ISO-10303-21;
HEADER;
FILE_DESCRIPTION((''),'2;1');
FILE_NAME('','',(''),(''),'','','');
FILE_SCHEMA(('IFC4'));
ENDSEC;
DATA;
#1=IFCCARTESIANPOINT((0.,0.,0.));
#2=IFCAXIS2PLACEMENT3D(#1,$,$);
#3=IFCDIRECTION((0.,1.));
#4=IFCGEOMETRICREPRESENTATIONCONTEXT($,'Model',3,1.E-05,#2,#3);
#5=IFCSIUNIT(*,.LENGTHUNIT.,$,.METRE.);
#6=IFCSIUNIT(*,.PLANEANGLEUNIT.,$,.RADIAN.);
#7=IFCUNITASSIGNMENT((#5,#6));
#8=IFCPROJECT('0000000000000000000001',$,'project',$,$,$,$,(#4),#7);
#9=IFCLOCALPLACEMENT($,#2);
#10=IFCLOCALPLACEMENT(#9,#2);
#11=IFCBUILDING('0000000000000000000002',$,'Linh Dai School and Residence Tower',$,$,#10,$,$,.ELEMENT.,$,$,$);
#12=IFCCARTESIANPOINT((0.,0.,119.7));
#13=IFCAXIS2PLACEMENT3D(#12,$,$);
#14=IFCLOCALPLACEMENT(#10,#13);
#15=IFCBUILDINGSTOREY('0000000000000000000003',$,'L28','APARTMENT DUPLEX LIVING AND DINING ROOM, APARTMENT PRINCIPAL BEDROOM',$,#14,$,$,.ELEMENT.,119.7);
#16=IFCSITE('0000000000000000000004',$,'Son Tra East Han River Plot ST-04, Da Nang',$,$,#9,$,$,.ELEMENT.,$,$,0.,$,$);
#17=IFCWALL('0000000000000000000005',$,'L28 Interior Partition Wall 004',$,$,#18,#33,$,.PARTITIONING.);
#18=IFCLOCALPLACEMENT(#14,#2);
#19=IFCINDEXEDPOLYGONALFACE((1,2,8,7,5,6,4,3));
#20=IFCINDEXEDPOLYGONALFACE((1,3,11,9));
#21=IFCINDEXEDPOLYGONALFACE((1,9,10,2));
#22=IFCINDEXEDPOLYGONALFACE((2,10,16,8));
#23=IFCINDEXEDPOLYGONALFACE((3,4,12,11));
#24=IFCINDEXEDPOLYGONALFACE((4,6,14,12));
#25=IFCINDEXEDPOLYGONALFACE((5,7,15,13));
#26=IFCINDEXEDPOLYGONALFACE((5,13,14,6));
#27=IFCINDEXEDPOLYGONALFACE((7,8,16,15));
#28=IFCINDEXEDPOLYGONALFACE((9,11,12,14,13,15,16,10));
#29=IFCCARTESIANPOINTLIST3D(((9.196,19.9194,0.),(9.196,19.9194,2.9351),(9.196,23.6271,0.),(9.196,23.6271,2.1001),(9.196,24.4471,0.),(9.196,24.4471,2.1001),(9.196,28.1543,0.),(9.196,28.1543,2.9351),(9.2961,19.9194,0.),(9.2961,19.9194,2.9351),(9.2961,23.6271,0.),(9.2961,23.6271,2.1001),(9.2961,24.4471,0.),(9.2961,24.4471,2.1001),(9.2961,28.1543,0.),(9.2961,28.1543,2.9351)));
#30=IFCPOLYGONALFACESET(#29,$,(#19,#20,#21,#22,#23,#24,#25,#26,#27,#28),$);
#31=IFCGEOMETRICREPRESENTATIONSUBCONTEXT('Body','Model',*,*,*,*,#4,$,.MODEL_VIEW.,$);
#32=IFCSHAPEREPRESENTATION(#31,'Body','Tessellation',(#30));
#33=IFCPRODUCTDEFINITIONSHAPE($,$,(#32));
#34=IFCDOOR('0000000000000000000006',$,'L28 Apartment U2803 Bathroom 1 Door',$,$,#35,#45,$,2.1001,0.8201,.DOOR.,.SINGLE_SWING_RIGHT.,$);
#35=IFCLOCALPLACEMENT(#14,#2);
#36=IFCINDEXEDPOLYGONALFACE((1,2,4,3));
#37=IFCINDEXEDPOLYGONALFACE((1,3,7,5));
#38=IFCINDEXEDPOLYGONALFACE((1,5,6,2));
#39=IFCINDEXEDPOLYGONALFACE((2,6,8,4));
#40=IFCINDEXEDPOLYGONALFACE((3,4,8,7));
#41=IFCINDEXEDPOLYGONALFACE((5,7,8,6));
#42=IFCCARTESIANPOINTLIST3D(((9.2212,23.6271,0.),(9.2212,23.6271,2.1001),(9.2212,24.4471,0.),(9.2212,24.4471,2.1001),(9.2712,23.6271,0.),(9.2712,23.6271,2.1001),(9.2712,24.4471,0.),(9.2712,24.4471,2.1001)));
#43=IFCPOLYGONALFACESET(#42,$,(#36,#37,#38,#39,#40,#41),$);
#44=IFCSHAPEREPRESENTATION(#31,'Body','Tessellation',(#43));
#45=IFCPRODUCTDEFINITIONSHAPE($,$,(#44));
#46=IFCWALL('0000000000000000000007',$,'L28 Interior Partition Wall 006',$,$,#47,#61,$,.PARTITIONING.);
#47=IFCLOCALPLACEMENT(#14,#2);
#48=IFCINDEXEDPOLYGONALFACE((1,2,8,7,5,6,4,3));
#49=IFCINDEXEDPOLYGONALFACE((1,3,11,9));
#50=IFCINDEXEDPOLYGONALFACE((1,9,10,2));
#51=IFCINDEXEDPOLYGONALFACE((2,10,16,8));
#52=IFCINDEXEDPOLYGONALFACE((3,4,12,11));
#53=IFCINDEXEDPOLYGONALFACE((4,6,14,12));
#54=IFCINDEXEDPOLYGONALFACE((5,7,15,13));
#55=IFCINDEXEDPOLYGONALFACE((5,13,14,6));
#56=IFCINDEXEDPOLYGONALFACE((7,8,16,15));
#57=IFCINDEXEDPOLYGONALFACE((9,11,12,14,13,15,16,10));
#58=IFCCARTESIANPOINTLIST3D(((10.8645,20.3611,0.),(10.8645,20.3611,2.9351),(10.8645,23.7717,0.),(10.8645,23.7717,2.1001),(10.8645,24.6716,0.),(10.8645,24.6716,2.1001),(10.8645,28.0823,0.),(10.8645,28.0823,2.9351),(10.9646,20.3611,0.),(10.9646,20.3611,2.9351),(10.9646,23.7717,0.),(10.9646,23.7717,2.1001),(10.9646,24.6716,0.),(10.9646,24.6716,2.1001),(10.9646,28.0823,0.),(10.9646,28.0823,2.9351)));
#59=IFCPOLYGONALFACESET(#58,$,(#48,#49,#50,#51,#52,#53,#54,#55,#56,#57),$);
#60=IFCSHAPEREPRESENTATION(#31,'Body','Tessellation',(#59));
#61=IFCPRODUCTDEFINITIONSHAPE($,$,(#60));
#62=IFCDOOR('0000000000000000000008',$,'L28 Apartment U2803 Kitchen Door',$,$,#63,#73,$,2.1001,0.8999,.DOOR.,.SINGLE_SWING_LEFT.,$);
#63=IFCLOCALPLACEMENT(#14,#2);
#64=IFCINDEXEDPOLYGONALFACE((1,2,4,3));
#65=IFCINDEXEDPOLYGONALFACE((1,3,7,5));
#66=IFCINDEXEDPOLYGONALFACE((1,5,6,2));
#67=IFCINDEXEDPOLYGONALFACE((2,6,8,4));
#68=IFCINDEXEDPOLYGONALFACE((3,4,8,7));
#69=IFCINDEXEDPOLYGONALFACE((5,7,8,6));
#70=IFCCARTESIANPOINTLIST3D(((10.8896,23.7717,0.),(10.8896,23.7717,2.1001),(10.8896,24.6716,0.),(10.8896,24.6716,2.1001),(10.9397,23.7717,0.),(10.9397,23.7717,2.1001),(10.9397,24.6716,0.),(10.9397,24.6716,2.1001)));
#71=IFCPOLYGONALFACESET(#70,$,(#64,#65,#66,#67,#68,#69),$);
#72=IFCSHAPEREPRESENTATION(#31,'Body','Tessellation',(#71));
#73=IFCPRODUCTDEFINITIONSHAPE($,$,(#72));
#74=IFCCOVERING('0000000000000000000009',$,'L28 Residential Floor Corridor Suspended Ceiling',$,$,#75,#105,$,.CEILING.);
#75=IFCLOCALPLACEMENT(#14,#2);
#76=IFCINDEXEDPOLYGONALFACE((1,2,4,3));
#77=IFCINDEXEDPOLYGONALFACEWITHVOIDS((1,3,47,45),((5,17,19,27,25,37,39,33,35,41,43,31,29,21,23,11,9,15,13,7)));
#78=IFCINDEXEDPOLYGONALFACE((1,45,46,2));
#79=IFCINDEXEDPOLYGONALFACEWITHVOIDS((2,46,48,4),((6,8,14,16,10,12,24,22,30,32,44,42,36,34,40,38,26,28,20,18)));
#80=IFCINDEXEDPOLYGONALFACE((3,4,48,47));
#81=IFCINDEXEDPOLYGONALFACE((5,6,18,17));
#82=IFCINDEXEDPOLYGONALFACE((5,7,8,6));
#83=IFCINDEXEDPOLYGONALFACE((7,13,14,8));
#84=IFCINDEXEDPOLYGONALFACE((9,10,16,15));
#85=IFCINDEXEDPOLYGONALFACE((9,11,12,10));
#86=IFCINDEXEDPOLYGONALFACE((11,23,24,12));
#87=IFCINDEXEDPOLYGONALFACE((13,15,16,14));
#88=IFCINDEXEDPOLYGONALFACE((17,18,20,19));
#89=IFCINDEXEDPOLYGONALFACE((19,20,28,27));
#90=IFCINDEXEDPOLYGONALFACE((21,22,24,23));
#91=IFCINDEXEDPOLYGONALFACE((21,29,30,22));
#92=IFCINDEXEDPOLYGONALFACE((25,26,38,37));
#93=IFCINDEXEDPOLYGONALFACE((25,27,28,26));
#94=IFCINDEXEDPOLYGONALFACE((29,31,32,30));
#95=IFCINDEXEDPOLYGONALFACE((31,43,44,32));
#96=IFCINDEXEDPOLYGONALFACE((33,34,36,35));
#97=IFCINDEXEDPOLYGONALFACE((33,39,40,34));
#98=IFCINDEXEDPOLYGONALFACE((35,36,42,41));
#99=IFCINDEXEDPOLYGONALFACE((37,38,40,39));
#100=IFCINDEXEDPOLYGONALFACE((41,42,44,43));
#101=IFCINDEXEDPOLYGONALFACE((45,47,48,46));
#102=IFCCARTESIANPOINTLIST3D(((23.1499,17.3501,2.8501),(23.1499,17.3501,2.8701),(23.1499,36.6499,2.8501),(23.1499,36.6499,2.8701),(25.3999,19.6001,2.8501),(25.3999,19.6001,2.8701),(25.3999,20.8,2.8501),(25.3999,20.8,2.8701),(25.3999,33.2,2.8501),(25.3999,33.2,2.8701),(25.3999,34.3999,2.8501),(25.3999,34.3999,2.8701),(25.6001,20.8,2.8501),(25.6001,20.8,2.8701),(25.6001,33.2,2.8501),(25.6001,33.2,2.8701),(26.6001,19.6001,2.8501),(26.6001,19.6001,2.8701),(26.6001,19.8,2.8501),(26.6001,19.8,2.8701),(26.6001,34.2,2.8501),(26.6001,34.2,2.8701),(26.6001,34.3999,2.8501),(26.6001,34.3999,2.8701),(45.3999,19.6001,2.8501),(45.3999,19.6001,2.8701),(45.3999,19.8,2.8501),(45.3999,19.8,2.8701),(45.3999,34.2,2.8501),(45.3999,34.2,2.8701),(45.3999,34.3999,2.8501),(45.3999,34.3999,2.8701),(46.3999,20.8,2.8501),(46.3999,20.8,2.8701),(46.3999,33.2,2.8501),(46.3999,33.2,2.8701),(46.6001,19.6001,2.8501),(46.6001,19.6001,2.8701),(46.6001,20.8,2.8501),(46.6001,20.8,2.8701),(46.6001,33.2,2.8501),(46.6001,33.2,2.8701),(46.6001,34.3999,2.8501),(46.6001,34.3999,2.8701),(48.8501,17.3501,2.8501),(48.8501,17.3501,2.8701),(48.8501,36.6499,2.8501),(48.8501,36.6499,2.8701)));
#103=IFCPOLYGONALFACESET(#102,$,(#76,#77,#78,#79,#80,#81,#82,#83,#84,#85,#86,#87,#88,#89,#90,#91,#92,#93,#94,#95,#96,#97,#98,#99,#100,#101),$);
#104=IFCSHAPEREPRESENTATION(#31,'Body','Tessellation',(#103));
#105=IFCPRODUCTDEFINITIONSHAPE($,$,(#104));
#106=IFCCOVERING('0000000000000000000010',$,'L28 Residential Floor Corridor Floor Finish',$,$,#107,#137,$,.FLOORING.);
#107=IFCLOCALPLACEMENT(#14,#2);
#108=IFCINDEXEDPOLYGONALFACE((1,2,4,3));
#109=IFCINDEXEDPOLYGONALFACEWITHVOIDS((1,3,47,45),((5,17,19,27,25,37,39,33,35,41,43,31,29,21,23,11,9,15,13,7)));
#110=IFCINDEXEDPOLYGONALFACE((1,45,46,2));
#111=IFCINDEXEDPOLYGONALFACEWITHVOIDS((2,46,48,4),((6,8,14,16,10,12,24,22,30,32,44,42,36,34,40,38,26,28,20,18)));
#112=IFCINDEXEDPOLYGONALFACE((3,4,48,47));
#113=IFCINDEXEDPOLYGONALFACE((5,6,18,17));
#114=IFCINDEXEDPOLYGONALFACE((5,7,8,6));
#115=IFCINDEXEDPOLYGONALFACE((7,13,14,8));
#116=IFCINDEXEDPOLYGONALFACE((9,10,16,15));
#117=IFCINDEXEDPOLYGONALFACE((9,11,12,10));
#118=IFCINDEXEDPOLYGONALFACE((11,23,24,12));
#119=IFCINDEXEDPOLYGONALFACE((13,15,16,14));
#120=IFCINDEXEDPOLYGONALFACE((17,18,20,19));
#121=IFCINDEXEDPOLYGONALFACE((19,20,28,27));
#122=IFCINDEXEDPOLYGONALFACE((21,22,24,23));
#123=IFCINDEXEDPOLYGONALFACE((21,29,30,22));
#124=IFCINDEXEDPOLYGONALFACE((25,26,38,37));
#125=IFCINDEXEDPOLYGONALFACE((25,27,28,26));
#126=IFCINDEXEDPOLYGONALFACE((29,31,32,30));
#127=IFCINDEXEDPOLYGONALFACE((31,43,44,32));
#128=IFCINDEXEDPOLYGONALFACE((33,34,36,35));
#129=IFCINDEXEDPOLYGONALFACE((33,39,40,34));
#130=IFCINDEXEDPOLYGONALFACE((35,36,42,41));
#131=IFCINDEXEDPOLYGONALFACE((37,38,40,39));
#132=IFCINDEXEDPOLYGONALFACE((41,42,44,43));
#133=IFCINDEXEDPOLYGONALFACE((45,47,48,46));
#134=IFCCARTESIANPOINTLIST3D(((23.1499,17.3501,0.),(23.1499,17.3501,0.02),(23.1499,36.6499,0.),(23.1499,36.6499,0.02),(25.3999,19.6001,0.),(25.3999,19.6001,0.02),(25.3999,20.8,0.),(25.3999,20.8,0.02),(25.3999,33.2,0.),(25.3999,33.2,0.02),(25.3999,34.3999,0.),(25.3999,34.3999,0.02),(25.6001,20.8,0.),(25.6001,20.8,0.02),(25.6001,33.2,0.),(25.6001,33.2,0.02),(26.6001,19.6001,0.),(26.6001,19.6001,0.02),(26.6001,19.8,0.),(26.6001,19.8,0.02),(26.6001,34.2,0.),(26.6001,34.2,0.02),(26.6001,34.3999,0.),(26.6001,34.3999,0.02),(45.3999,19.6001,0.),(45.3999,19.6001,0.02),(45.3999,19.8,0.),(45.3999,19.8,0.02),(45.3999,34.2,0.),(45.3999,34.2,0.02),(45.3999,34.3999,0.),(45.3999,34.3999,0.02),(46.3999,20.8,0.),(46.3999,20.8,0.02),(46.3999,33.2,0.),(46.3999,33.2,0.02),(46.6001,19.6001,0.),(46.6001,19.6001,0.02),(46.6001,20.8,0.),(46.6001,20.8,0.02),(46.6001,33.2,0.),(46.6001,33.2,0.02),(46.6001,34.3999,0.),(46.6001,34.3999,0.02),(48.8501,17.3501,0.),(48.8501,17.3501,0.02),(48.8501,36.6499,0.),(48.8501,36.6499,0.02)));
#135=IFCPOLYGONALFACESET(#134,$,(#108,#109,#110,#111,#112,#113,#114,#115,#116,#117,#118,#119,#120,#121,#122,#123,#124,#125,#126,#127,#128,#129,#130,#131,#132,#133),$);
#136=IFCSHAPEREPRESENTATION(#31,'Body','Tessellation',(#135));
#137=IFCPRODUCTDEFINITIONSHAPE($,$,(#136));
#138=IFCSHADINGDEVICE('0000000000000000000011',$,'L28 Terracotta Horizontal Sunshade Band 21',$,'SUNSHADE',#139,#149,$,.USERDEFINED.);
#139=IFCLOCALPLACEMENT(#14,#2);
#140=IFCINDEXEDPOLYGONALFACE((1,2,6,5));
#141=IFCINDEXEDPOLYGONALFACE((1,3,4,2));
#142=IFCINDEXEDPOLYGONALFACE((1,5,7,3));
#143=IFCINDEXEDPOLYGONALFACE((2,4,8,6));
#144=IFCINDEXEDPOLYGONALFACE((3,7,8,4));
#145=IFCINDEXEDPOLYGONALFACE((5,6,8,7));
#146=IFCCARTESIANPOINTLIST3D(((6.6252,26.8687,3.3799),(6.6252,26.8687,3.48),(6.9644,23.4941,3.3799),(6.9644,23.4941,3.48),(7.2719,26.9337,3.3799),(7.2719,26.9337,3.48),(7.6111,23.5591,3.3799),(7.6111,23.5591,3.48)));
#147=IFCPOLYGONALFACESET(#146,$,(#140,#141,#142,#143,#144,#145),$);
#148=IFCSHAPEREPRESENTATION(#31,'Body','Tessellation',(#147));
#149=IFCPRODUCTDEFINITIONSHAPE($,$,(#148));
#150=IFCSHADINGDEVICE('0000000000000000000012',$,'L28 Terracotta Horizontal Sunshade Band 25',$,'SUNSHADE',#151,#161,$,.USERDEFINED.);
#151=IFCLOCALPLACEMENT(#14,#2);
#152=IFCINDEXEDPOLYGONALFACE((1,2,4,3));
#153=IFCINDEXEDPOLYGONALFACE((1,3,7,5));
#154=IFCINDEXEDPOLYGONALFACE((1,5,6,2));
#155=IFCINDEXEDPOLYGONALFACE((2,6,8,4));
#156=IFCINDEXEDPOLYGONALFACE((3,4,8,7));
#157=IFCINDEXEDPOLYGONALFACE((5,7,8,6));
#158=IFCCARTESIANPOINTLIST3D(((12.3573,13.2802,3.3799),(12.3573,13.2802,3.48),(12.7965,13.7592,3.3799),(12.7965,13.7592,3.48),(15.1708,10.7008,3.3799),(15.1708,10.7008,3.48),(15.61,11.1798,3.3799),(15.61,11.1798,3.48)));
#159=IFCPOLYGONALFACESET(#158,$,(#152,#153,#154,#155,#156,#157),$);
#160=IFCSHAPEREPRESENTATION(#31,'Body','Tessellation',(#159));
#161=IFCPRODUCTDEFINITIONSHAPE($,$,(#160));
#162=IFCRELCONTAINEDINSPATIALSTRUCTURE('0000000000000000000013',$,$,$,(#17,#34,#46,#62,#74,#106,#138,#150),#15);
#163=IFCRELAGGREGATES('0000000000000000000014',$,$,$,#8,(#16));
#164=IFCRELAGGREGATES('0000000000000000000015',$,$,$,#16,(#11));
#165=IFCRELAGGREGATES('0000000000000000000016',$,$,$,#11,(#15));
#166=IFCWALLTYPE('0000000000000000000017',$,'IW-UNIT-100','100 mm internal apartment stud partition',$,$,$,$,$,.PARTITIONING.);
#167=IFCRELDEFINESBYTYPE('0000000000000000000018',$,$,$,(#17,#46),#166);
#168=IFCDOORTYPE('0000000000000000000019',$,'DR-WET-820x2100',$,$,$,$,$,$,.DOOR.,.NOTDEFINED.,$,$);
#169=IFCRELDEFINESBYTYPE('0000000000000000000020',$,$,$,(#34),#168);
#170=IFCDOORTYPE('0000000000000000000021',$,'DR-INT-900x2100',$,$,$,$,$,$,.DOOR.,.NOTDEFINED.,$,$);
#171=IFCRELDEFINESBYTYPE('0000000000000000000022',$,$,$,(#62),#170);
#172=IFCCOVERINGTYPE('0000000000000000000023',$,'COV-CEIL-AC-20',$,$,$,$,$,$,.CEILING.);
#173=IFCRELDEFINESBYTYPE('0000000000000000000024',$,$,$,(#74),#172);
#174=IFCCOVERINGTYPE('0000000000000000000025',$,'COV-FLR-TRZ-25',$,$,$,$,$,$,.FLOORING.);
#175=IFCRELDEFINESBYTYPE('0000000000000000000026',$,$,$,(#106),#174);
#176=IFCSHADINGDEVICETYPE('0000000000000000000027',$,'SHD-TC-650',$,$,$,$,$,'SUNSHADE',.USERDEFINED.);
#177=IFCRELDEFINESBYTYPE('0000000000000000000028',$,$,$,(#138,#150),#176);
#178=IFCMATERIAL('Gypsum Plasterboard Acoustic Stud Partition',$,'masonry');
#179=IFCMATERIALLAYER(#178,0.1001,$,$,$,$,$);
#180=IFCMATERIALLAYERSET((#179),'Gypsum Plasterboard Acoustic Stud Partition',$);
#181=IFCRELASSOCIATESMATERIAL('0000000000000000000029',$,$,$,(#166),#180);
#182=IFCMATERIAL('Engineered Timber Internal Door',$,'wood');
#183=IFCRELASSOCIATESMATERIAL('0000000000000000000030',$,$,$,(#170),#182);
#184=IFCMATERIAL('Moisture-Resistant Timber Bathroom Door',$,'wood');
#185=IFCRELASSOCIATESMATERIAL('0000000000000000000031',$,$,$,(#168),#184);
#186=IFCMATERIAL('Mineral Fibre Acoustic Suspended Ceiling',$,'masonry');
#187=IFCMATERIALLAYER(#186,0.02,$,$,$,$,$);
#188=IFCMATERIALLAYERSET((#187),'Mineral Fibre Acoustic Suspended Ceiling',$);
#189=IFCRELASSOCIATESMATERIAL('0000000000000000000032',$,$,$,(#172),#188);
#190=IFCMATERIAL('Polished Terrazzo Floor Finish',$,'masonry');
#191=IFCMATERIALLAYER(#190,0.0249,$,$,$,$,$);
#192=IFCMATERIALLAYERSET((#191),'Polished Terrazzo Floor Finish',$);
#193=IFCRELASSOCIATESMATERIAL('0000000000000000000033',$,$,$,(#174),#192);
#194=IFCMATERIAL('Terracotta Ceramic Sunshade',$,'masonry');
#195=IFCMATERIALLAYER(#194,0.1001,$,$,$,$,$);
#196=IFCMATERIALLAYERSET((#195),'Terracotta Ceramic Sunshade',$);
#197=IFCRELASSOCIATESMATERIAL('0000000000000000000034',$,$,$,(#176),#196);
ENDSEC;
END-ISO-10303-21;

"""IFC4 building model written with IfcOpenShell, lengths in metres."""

from ifc_helpers import new_model, si_unit, direction, frame, frame_2d, origin, origin_2d, place, context, subcontext, project, spatial, polyline, rectangle, outline, extrude, source, transform, mapped, material, layer, layer_set, type_object, element, fill, save


model = new_model("IFC4")

# Units and contexts
model_context = context("Model", 3, precision=1e-05, world=origin(), true_north=direction((0.0, 1.0)))
body_context = subcontext(model_context, "Body", "Model", "MODEL_VIEW")
ifc_project = project(units=[si_unit("LENGTHUNIT", "METRE"), si_unit("PLANEANGLEUNIT", "RADIAN")], contexts=[model_context])

# Site, building, storey
site_placement = place(None, origin())
site = spatial("IfcSite", under=ifc_project, at=site_placement, Name="Son Tra East Han River Plot ST-04, Da Nang", CompositionType="ELEMENT", RefElevation=0.0)
building_placement = place(site_placement, origin())
building = spatial("IfcBuilding", under=site, at=building_placement, Name="Linh Dai School and Residence Tower", CompositionType="ELEMENT")
storey_placement = place(building_placement, frame((0.0, 0.0, 119.7)))
storey = spatial("IfcBuildingStorey", under=building, at=storey_placement, Name="L28", Description="APARTMENT DUPLEX LIVING AND DINING ROOM, APARTMENT PRINCIPAL BEDROOM", CompositionType="ELEMENT", Elevation=119.7)

# Walls, openings, doors
ifc_material_1 = material(Name="Gypsum Plasterboard Acoustic Stud Partition", Category="masonry")
ifc_layer_1 = layer(ifc_material_1, 0.1001)
ifc_layer_set_1 = layer_set([ifc_layer_1], Name="Gypsum Plasterboard Acoustic Stud Partition")
wall_type_1 = type_object("IfcWallType", Name="IW-UNIT-100", Description="100 mm internal apartment stud partition", PredefinedType="PARTITIONING", material=ifc_layer_set_1)
ifc_material_2 = material(Name="Engineered Timber Internal Door", Category="wood")
door_type_1 = type_object("IfcDoorType", Name="DR-INT-900x2100", OperationType="NOTDEFINED", PredefinedType="DOOR", material=ifc_material_2)
shared_shape_1 = source(origin(), body_context, "Body", "SweptSolid", [
    extrude(rectangle(XDim=0.8999, YDim=2.1001, at=origin_2d()), frame((0.45, 0.0249, 1.05), z_axis=(0.0, -1.0, 0.0), x_axis=(1.0, 0.0, 0.0)), (0.0, 0.0, 1.0), 0.05),
])
wall_1_placement = place(storey_placement, frame((9.2461, 19.9194, 0.0), z_axis=(0.0, 0.0, 1.0), x_axis=(0.0, 1.0, 0.0)))
wall_1 = element("IfcWall", 1, at=wall_1_placement, inside=storey, type_object=wall_type_1, Name="L28 Interior Partition Wall 004", PredefinedType="PARTITIONING", context=body_context, shape_type="SweptSolid", body=[
    extrude(rectangle(XDim=8.2349, YDim=0.1001, at=frame_2d((4.1174, 0.0))), origin(), (0.0, 0.0, 1.0), 2.9351),
])
opening_1_placement = place(wall_1_placement, frame((3.7075, 0.0, 0.0)))
opening_1 = element("IfcOpeningElement", 2, at=opening_1_placement, cuts=wall_1, PredefinedType="OPENING", context=body_context, shape_type="SweptSolid", body=[
    extrude(rectangle(XDim=0.8201, YDim=2.1001, at=origin_2d()), frame((0.4102, 0.0601, 1.05), z_axis=(0.0, -1.0, 0.0), x_axis=(1.0, 0.0, 0.0)), (0.0, 0.0, 1.0), 0.1201),
])
ifc_material_3 = material(Name="Moisture-Resistant Timber Bathroom Door", Category="wood")
door_type_2 = type_object("IfcDoorType", Name="DR-WET-820x2100", OperationType="NOTDEFINED", PredefinedType="DOOR", material=ifc_material_3)
shared_shape_2 = source(origin(), body_context, "Body", "SweptSolid", [
    extrude(rectangle(XDim=0.8201, YDim=2.1001, at=origin_2d()), frame((0.4102, 0.0249, 1.05), z_axis=(0.0, -1.0, 0.0), x_axis=(1.0, 0.0, 0.0)), (0.0, 0.0, 1.0), 0.05),
])
door_1_placement = place(opening_1_placement, origin())
door_1 = element("IfcDoor", 3, at=door_1_placement, inside=storey, type_object=door_type_2, Name="L28 Apartment U2803 Bathroom 1 Door", OperationType="SINGLE_SWING_RIGHT", OverallHeight=2.1001, OverallWidth=0.8201, PredefinedType="DOOR", context=body_context, shape_type="MappedRepresentation", body=[
    mapped(shared_shape_2, transform((0.0, 0.0, 0.0), x_axis=(1.0, 0.0, 0.0), y_axis=(0.0, 1.0, 0.0), z_axis=(0.0, 0.0, 1.0), scale=1.0)),
])
fill(opening_1, door_1)
wall_2_placement = place(storey_placement, frame((10.9146, 20.3611, 0.0), z_axis=(0.0, 0.0, 1.0), x_axis=(0.0, 1.0, 0.0)))
wall_2 = element("IfcWall", 4, at=wall_2_placement, inside=storey, type_object=wall_type_1, Name="L28 Interior Partition Wall 006", PredefinedType="PARTITIONING", context=body_context, shape_type="SweptSolid", body=[
    extrude(rectangle(XDim=7.7212, YDim=0.1001, at=frame_2d((3.8606, 0.0))), origin(), (0.0, 0.0, 1.0), 2.9351),
])
opening_2_placement = place(wall_2_placement, frame((3.4106, 0.0, 0.0)))
opening_2 = element("IfcOpeningElement", 5, at=opening_2_placement, cuts=wall_2, PredefinedType="OPENING", context=body_context, shape_type="SweptSolid", body=[
    extrude(rectangle(XDim=0.8999, YDim=2.1001, at=origin_2d()), frame((0.45, 0.0601, 1.05), z_axis=(0.0, -1.0, 0.0), x_axis=(1.0, 0.0, 0.0)), (0.0, 0.0, 1.0), 0.1201),
])
door_2_placement = place(opening_2_placement, origin())
door_2 = element("IfcDoor", 6, at=door_2_placement, inside=storey, type_object=door_type_1, Name="L28 Apartment U2803 Kitchen Door", OperationType="SINGLE_SWING_LEFT", OverallHeight=2.1001, OverallWidth=0.8999, PredefinedType="DOOR", context=body_context, shape_type="MappedRepresentation", body=[
    mapped(shared_shape_1, transform((0.0, 0.0, 0.0), x_axis=(1.0, 0.0, 0.0), y_axis=(0.0, 1.0, 0.0), z_axis=(0.0, 0.0, 1.0), scale=1.0)),
])
fill(opening_2, door_2)

# Coverings
ifc_material_4 = material(Name="Mineral Fibre Acoustic Suspended Ceiling", Category="masonry")
ifc_layer_2 = layer(ifc_material_4, 0.02)
ifc_layer_set_2 = layer_set([ifc_layer_2], Name="Mineral Fibre Acoustic Suspended Ceiling")
covering_type_1 = type_object("IfcCoveringType", Name="COV-CEIL-AC-20", PredefinedType="CEILING", material=ifc_layer_set_2)
covering_1_placement = place(storey_placement, frame((0.0, 0.0, 2.8501)))
element("IfcCovering", 7, at=covering_1_placement, inside=storey, type_object=covering_type_1, Name="L28 Residential Floor Corridor Suspended Ceiling", PredefinedType="CEILING", context=body_context, shape_type="SweptSolid", body=[
    extrude(outline(polyline([(48.8501, 36.6499), (48.8501, 17.3501), (23.1499, 17.3501), (23.1499, 36.6499), (48.8501, 36.6499)]), holes=[polyline([(26.6001, 34.2), (26.6001, 34.3999), (25.3999, 34.3999), (25.3999, 33.2), (25.6001, 33.2), (25.6001, 20.8), (25.3999, 20.8), (25.3999, 19.6001), (26.6001, 19.6001), (26.6001, 19.8), (45.3999, 19.8), (45.3999, 19.6001), (46.6001, 19.6001), (46.6001, 20.8), (46.3999, 20.8), (46.3999, 33.2), (46.6001, 33.2), (46.6001, 34.3999), (45.3999, 34.3999), (45.3999, 34.2), (26.6001, 34.2)])]), origin(), (0.0, 0.0, 1.0), 0.02),
])
ifc_material_5 = material(Name="Polished Terrazzo Floor Finish", Category="masonry")
ifc_layer_3 = layer(ifc_material_5, 0.0249)
ifc_layer_set_3 = layer_set([ifc_layer_3], Name="Polished Terrazzo Floor Finish")
covering_type_2 = type_object("IfcCoveringType", Name="COV-FLR-TRZ-25", PredefinedType="FLOORING", material=ifc_layer_set_3)
covering_2_placement = place(storey_placement, origin())
element("IfcCovering", 8, at=covering_2_placement, inside=storey, type_object=covering_type_2, Name="L28 Residential Floor Corridor Floor Finish", PredefinedType="FLOORING", context=body_context, shape_type="SweptSolid", body=[
    extrude(outline(polyline([(48.8501, 36.6499), (48.8501, 17.3501), (23.1499, 17.3501), (23.1499, 36.6499), (48.8501, 36.6499)]), holes=[polyline([(26.6001, 34.2), (26.6001, 34.3999), (25.3999, 34.3999), (25.3999, 33.2), (25.6001, 33.2), (25.6001, 20.8), (25.3999, 20.8), (25.3999, 19.6001), (26.6001, 19.6001), (26.6001, 19.8), (45.3999, 19.8), (45.3999, 19.6001), (46.6001, 19.6001), (46.6001, 20.8), (46.3999, 20.8), (46.3999, 33.2), (46.6001, 33.2), (46.6001, 34.3999), (45.3999, 34.3999), (45.3999, 34.2), (26.6001, 34.2)])]), origin(), (0.0, 0.0, 1.0), 0.02),
])

# Shading devices
ifc_material_6 = material(Name="Terracotta Ceramic Sunshade", Category="masonry")
ifc_layer_4 = layer(ifc_material_6, 0.1001)
ifc_layer_set_4 = layer_set([ifc_layer_4], Name="Terracotta Ceramic Sunshade")
shading_device_type = type_object("IfcShadingDeviceType", Name="SHD-TC-650", ElementType="SUNSHADE", PredefinedType="USERDEFINED", material=ifc_layer_set_4)
shared_shape_3 = source(origin(), body_context, "Body", "SweptSolid", [
    extrude(rectangle(XDim=3.3916, YDim=0.6499, at=origin_2d()), origin(), (0.0, 0.0, 1.0), 0.1001),
])
shading_device_1_placement = place(storey_placement, frame((7.1182, 25.2139, 3.3799), z_axis=(0.0, 0.0, 1.0), x_axis=(-0.100007, 0.994987, 0.0)))
element("IfcShadingDevice", 9, at=shading_device_1_placement, inside=storey, type_object=shading_device_type, Name="L28 Terracotta Horizontal Sunshade Band 21", ObjectType="SUNSHADE", PredefinedType="USERDEFINED", context=body_context, shape_type="MappedRepresentation", body=[
    mapped(shared_shape_3, transform((0.0, 0.0, 0.0), x_axis=(1.0, 0.0, 0.0), y_axis=(0.0, 1.0, 0.0), z_axis=(0.0, 0.0, 1.0), scale=1.0)),
])
shared_shape_4 = source(origin(), body_context, "Body", "SweptSolid", [
    extrude(rectangle(XDim=3.8169, YDim=0.6499, at=origin_2d()), origin(), (0.0, 0.0, 1.0), 0.1001),
])
shading_device_2_placement = place(storey_placement, frame((13.9836, 12.23, 3.3799), z_axis=(0.0, 0.0, 1.0), x_axis=(-0.7371, 0.675783, 0.0)))
element("IfcShadingDevice", 10, at=shading_device_2_placement, inside=storey, type_object=shading_device_type, Name="L28 Terracotta Horizontal Sunshade Band 25", ObjectType="SUNSHADE", PredefinedType="USERDEFINED", context=body_context, shape_type="MappedRepresentation", body=[
    mapped(shared_shape_4, transform((0.0, 0.0, 0.0), x_axis=(1.0, 0.0, 0.0), y_axis=(0.0, 1.0, 0.0), z_axis=(0.0, 0.0, 1.0), scale=1.0)),
])

save(model, "model.ifc")
